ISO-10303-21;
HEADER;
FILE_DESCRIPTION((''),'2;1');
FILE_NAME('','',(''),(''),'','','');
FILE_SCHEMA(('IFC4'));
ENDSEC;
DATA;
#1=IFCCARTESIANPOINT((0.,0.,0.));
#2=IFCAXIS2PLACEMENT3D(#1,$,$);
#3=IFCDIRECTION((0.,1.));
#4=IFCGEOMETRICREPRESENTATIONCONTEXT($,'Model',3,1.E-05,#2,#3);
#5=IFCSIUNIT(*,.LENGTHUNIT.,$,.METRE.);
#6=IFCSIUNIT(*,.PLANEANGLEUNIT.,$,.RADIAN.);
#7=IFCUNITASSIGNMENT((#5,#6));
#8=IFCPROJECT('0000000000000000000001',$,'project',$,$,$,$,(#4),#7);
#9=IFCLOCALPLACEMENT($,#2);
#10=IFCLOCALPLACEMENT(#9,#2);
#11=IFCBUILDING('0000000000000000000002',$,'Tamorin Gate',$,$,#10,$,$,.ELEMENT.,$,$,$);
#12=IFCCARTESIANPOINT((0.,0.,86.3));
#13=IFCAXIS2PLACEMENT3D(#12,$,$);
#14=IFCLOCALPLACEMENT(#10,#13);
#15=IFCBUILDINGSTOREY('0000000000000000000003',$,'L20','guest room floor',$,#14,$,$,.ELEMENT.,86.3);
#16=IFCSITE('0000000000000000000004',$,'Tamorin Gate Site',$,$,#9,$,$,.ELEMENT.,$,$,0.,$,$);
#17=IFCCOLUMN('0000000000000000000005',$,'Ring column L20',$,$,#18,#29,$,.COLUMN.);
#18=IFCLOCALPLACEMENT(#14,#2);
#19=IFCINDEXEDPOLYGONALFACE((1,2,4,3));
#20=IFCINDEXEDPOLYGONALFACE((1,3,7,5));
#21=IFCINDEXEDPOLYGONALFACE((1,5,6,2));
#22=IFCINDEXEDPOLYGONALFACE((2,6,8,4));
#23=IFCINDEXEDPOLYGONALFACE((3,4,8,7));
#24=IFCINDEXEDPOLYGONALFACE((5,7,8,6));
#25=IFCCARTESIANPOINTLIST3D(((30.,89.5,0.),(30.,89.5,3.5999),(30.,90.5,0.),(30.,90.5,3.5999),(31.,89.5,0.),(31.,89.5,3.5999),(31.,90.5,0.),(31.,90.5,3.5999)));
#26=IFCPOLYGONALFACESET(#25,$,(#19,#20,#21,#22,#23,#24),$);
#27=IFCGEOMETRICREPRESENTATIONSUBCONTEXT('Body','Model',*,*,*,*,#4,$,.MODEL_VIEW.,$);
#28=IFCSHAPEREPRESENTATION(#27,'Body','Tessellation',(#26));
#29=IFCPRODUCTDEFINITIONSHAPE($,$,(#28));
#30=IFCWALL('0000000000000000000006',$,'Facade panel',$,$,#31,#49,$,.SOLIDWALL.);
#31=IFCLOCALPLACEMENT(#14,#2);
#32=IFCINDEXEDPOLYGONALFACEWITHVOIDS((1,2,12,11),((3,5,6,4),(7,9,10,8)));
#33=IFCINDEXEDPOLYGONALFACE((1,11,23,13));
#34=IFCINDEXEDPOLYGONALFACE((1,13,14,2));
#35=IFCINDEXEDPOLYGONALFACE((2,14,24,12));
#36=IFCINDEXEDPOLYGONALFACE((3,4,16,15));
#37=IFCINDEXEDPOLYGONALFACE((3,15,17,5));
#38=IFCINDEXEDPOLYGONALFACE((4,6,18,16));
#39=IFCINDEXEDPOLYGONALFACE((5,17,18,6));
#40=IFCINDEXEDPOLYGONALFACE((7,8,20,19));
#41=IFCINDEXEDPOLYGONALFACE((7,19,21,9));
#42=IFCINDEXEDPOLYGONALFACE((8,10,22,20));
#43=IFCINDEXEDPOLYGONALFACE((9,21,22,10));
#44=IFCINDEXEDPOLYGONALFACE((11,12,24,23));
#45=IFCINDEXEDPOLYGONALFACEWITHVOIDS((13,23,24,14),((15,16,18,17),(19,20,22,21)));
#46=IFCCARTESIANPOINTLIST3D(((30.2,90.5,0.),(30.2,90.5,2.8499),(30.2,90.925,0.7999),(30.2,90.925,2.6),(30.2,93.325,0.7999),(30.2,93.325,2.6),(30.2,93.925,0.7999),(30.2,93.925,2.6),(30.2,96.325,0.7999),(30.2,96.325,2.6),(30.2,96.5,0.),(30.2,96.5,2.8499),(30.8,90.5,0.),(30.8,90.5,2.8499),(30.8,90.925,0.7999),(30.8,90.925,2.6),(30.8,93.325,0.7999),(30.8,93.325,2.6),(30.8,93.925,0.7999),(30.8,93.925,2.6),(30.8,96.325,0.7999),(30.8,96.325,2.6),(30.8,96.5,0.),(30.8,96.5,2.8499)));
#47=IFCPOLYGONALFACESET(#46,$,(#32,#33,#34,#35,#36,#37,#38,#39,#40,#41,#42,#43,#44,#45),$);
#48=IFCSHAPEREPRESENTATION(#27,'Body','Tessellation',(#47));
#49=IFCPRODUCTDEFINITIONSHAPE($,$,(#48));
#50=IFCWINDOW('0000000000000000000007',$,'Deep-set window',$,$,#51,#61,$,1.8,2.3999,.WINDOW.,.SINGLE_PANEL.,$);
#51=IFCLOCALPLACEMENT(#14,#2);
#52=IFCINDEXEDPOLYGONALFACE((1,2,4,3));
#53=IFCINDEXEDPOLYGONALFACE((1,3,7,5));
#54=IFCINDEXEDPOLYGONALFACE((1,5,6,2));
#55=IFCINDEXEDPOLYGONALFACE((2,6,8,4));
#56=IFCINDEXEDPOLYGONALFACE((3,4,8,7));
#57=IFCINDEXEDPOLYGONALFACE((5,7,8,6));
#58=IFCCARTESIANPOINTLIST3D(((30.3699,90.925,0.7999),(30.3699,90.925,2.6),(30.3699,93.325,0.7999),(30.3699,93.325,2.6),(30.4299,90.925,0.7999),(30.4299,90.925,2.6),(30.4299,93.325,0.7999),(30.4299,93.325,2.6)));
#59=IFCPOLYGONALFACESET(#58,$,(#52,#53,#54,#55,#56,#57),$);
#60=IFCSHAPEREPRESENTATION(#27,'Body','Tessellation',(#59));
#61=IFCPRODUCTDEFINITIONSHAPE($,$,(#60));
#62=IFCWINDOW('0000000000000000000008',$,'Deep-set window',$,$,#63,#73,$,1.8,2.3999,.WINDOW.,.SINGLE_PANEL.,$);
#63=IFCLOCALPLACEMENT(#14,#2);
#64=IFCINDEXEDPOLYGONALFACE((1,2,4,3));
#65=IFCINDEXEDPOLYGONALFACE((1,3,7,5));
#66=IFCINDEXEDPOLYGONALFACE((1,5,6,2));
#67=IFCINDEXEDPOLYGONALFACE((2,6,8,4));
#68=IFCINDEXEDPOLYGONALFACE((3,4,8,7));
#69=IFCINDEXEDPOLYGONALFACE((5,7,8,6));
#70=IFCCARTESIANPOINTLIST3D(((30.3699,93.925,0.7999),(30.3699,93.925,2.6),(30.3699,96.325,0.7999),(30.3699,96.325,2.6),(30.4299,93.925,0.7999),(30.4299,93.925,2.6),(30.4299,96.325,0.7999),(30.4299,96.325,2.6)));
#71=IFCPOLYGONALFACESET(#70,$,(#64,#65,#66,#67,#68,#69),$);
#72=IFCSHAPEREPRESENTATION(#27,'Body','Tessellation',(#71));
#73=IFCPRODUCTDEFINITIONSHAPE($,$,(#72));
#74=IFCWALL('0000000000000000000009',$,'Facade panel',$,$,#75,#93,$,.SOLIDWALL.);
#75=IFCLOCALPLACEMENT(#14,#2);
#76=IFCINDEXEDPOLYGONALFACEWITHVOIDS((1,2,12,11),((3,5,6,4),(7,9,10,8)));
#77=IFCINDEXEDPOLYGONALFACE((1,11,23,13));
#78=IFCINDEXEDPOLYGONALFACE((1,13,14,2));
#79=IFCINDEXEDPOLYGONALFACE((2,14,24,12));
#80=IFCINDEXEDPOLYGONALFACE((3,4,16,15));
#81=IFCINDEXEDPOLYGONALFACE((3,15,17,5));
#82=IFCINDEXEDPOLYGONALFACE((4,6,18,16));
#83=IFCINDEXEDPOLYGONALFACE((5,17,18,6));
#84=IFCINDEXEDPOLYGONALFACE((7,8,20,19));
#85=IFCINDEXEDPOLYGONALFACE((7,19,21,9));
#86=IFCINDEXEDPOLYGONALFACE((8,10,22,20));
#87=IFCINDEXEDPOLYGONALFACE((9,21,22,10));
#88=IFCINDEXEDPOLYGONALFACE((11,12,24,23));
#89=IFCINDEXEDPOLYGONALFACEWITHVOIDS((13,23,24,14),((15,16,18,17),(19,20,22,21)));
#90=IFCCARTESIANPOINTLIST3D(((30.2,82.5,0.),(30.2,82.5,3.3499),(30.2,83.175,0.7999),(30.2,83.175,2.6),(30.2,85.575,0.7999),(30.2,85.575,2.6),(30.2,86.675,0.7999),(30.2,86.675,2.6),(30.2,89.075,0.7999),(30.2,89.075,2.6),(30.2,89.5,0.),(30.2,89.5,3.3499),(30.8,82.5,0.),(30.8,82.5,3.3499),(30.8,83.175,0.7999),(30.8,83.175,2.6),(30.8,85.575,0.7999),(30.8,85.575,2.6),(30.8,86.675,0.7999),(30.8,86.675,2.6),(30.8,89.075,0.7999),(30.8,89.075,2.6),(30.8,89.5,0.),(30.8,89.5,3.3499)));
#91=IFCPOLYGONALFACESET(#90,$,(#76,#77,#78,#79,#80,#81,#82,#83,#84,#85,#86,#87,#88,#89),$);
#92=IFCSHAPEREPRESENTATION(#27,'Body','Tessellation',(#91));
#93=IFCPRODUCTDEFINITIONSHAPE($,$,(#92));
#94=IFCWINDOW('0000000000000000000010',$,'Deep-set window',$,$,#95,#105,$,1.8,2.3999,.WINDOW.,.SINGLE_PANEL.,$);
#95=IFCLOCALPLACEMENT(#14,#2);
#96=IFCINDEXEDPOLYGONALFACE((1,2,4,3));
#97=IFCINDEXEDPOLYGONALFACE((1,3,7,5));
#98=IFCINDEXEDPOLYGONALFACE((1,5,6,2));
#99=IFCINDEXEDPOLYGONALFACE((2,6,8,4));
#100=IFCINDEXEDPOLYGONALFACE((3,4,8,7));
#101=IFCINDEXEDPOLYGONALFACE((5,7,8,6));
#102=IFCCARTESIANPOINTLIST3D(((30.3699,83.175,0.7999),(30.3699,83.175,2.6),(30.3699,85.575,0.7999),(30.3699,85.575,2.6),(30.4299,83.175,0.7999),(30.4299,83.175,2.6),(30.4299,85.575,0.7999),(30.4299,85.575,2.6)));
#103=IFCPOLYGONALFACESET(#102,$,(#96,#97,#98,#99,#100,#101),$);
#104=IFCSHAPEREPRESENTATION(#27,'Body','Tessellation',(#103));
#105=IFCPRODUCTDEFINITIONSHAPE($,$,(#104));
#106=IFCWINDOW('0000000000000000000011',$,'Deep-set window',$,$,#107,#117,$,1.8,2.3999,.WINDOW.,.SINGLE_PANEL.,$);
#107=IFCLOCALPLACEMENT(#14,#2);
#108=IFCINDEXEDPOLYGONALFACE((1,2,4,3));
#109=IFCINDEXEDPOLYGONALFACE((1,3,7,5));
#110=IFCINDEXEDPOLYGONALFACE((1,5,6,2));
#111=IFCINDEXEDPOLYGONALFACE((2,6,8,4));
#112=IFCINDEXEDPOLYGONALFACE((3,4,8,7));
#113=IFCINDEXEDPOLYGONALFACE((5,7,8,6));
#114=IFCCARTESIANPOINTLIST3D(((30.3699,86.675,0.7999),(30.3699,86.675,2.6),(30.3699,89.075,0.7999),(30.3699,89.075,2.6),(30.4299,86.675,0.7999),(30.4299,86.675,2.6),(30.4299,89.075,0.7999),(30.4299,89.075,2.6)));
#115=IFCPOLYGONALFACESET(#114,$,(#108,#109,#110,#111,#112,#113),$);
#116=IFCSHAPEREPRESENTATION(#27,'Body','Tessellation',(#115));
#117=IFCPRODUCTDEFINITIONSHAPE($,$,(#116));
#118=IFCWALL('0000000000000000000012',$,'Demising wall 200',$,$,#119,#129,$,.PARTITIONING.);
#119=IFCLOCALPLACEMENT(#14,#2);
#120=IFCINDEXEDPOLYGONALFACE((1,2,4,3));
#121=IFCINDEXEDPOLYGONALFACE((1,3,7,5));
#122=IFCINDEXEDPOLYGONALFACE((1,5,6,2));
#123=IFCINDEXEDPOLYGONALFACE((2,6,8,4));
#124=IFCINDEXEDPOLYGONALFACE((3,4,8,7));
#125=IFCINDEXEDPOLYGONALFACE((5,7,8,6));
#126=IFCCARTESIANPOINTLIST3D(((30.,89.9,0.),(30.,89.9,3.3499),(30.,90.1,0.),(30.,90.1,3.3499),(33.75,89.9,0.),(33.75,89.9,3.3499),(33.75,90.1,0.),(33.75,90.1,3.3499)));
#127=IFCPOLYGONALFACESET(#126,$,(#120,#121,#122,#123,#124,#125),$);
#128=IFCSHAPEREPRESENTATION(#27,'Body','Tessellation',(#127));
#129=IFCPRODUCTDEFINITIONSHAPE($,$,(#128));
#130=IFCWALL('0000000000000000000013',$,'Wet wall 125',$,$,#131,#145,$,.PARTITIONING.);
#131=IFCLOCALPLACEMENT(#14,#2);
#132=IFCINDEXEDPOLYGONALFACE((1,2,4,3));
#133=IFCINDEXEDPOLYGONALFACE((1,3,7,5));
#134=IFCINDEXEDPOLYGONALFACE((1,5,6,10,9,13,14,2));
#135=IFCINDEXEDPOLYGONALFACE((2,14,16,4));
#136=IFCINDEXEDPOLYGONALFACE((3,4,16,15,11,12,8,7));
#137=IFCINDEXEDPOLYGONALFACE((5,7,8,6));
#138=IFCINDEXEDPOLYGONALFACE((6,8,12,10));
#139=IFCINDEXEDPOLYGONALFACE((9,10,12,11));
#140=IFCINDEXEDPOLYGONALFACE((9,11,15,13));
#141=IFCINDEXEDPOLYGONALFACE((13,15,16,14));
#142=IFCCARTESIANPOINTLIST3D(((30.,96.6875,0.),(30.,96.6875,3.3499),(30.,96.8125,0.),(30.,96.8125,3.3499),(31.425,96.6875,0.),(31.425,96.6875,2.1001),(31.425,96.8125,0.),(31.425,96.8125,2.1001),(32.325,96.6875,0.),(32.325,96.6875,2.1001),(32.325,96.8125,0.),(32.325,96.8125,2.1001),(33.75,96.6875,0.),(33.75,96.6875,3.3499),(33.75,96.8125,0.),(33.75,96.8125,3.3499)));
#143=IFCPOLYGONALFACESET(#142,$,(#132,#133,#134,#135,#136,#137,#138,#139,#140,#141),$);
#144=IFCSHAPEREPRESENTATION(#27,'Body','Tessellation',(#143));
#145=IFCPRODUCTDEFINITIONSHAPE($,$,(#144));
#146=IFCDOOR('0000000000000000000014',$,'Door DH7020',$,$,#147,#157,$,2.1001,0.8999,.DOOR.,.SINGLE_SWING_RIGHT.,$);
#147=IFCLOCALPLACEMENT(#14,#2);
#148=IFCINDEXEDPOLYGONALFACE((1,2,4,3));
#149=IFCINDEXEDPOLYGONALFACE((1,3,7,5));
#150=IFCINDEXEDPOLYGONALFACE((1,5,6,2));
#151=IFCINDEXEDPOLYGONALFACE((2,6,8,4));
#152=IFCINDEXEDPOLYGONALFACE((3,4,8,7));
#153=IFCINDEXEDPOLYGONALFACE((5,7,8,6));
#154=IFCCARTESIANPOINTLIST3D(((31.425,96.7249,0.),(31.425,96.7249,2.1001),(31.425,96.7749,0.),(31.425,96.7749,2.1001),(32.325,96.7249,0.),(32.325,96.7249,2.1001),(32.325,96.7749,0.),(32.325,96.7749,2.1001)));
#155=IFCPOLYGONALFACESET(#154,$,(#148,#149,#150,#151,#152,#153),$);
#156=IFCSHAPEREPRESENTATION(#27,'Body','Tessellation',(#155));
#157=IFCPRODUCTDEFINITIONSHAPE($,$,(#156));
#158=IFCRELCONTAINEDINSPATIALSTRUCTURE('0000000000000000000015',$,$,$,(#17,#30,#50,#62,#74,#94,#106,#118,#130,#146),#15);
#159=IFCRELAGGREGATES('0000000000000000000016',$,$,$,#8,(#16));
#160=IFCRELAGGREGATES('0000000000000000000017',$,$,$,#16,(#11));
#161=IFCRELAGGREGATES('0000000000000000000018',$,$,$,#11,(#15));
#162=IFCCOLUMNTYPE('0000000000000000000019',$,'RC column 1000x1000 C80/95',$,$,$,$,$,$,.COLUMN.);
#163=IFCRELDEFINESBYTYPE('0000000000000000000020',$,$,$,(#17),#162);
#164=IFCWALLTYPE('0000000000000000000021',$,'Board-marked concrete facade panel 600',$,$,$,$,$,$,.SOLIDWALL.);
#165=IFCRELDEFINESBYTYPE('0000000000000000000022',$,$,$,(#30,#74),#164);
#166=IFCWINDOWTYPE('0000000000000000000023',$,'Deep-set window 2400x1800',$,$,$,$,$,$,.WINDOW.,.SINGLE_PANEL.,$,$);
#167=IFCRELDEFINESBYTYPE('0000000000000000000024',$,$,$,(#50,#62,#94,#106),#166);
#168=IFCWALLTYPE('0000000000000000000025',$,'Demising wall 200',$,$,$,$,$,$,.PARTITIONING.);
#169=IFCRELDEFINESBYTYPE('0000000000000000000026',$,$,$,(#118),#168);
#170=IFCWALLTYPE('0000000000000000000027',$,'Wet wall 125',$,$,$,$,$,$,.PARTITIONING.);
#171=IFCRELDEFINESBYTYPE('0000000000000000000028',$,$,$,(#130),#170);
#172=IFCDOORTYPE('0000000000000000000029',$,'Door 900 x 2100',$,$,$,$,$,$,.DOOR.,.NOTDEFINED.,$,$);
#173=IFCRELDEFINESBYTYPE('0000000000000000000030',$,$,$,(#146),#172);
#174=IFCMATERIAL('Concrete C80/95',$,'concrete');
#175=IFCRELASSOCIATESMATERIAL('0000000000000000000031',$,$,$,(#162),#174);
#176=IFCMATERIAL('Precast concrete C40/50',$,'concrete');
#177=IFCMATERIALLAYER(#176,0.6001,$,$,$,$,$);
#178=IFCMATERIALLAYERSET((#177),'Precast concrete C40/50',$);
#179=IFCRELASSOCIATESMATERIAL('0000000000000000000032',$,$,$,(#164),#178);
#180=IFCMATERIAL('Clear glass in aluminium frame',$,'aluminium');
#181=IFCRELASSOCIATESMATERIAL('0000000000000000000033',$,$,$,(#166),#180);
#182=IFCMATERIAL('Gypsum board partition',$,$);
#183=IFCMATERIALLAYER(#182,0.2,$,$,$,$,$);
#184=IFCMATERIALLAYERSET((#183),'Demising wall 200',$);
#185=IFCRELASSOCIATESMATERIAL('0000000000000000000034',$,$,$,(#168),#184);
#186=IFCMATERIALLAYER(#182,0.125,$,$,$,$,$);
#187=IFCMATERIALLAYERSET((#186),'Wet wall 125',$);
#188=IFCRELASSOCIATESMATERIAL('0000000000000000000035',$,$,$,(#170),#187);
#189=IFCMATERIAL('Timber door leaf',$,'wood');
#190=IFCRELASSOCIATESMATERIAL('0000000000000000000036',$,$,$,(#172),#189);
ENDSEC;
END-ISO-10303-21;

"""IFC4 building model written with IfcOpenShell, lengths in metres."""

from ifc_helpers import new_model, si_unit, direction, frame, frame_2d, origin, origin_2d, place, context, subcontext, project, spatial, rectangle, extrude, material, layer, layer_set, material_profile, profile_set, type_object, element, fill, save


model = new_model("IFC4")

# Units and contexts
model_context = context("Model", 3, precision=1e-05, world=origin(), true_north=direction((0.0, 1.0)))
body_context = subcontext(model_context, "Body", "Model", "MODEL_VIEW")
ifc_project = project(units=[si_unit("LENGTHUNIT", "METRE"), si_unit("PLANEANGLEUNIT", "RADIAN")], contexts=[model_context])

# Site, building, storey
site_placement = place(None, origin())
site = spatial("IfcSite", under=ifc_project, at=site_placement, Name="Tamorin Gate Site", CompositionType="ELEMENT", RefElevation=0.0)
building_placement = place(site_placement, origin())
building = spatial("IfcBuilding", under=site, at=building_placement, Name="Tamorin Gate", CompositionType="ELEMENT")
storey_placement = place(building_placement, frame((0.0, 0.0, 86.3)))
storey = spatial("IfcBuildingStorey", under=building, at=storey_placement, Name="L20", Description="guest room floor", CompositionType="ELEMENT", Elevation=86.3)

# Column
ifc_material_1 = material(Name="Concrete C80/95", Category="concrete")
ifc_material_profile = material_profile(ifc_material_1, rectangle(XDim=1.0, YDim=1.0, at=origin_2d()), Name="RC 1000x1000")
ifc_profile_set = profile_set([ifc_material_profile], Name="Concrete C80/95")
column_type = type_object("IfcColumnType", Name="RC column 1000x1000 C80/95", PredefinedType="COLUMN", material=ifc_profile_set)
column_placement = place(storey_placement, frame((30.5, 90.0, 0.0), z_axis=(0.0, 0.0, 1.0), x_axis=(1.0, 0.0, 0.0)))
element("IfcColumn", 1, at=column_placement, inside=storey, type_object=column_type, Name="Ring column L20", PredefinedType="COLUMN", context=body_context, shape_type="SweptSolid", body=[
    extrude(rectangle(XDim=1.0, YDim=1.0, at=origin_2d()), origin(), (0.0, 0.0, 1.0), 3.5999),
])

# Walls, openings, windows
ifc_material_2 = material(Name="Precast concrete C40/50", Category="concrete")
ifc_layer_1 = layer(ifc_material_2, 0.6001)
ifc_layer_set_1 = layer_set([ifc_layer_1], Name="Precast concrete C40/50")
wall_type_1 = type_object("IfcWallType", Name="Board-marked concrete facade panel 600", PredefinedType="SOLIDWALL", material=ifc_layer_set_1)
wall_1_placement = place(storey_placement, frame((30.5, 96.5, 0.0), z_axis=(0.0, 0.0, 1.0), x_axis=(0.0, -1.0, 0.0)))
wall_1 = element("IfcWall", 2, at=wall_1_placement, inside=storey, type_object=wall_type_1, Name="Facade panel", PredefinedType="SOLIDWALL", context=body_context, shape_type="SweptSolid", body=[
    extrude(rectangle(XDim=6.0, YDim=0.6001, at=frame_2d((3.0, 0.0))), origin(), (0.0, 0.0, 1.0), 2.8499),
])
opening_1_placement = place(wall_1_placement, frame((3.175, 0.0, 0.8)))
opening_1 = element("IfcOpeningElement", 3, at=opening_1_placement, cuts=wall_1, PredefinedType="OPENING", context=body_context, shape_type="SweptSolid", body=[
    extrude(rectangle(XDim=2.3999, YDim=1.8, at=frame_2d((1.2, 0.8999))), frame((0.0, 0.3101, 0.0), z_axis=(0.0, -1.0, 0.0), x_axis=(1.0, 0.0, 0.0)), (0.0, 0.0, 1.0), 0.6201),
])
opening_2_placement = place(wall_1_placement, frame((0.175, 0.0, 0.8)))
opening_2 = element("IfcOpeningElement", 4, at=opening_2_placement, cuts=wall_1, PredefinedType="OPENING", context=body_context, shape_type="SweptSolid", body=[
    extrude(rectangle(XDim=2.3999, YDim=1.8, at=frame_2d((1.2, 0.8999))), frame((0.0, 0.3101, 0.0), z_axis=(0.0, -1.0, 0.0), x_axis=(1.0, 0.0, 0.0)), (0.0, 0.0, 1.0), 0.6201),
])
ifc_material_3 = material(Name="Clear glass in aluminium frame", Category="aluminium")
window_type = type_object("IfcWindowType", Name="Deep-set window 2400x1800", PartitioningType="SINGLE_PANEL", PredefinedType="WINDOW", material=ifc_material_3)
window_1_placement = place(opening_1_placement, origin())
window_1 = element("IfcWindow", 5, at=window_1_placement, inside=storey, type_object=window_type, Name="Deep-set window", OverallHeight=1.8, OverallWidth=2.3999, PartitioningType="SINGLE_PANEL", PredefinedType="WINDOW", context=body_context, shape_type="SweptSolid", body=[
    extrude(rectangle(XDim=2.3999, YDim=1.8, at=frame_2d((1.2, 0.8999))), frame((0.0, -0.0701, 0.0), z_axis=(0.0, -1.0, 0.0), x_axis=(1.0, 0.0, 0.0)), (0.0, 0.0, 1.0), 0.0601),
])
fill(opening_1, window_1)
window_2_placement = place(opening_2_placement, origin())
window_2 = element("IfcWindow", 6, at=window_2_placement, inside=storey, type_object=window_type, Name="Deep-set window", OverallHeight=1.8, OverallWidth=2.3999, PartitioningType="SINGLE_PANEL", PredefinedType="WINDOW", context=body_context, shape_type="SweptSolid", body=[
    extrude(rectangle(XDim=2.3999, YDim=1.8, at=frame_2d((1.2, 0.8999))), frame((0.0, -0.0701, 0.0), z_axis=(0.0, -1.0, 0.0), x_axis=(1.0, 0.0, 0.0)), (0.0, 0.0, 1.0), 0.0601),
])
fill(opening_2, window_2)
wall_2_placement = place(storey_placement, frame((30.5, 89.5, 0.0), z_axis=(0.0, 0.0, 1.0), x_axis=(0.0, -1.0, 0.0)))
wall_2 = element("IfcWall", 7, at=wall_2_placement, inside=storey, type_object=wall_type_1, Name="Facade panel", PredefinedType="SOLIDWALL", context=body_context, shape_type="SweptSolid", body=[
    extrude(rectangle(XDim=7.0, YDim=0.6001, at=frame_2d((3.5, 0.0))), origin(), (0.0, 0.0, 1.0), 3.3499),
])
opening_3_placement = place(wall_2_placement, frame((3.925, 0.0, 0.8)))
opening_3 = element("IfcOpeningElement", 8, at=opening_3_placement, cuts=wall_2, PredefinedType="OPENING", context=body_context, shape_type="SweptSolid", body=[
    extrude(rectangle(XDim=2.3999, YDim=1.8, at=frame_2d((1.2, 0.8999))), frame((0.0, 0.3101, 0.0), z_axis=(0.0, -1.0, 0.0), x_axis=(1.0, 0.0, 0.0)), (0.0, 0.0, 1.0), 0.6201),
])
opening_4_placement = place(wall_2_placement, frame((0.425, 0.0, 0.8)))
opening_4 = element("IfcOpeningElement", 9, at=opening_4_placement, cuts=wall_2, PredefinedType="OPENING", context=body_context, shape_type="SweptSolid", body=[
    extrude(rectangle(XDim=2.3999, YDim=1.8, at=frame_2d((1.2, 0.8999))), frame((0.0, 0.3101, 0.0), z_axis=(0.0, -1.0, 0.0), x_axis=(1.0, 0.0, 0.0)), (0.0, 0.0, 1.0), 0.6201),
])
window_3_placement = place(opening_3_placement, origin())
window_3 = element("IfcWindow", 10, at=window_3_placement, inside=storey, type_object=window_type, Name="Deep-set window", OverallHeight=1.8, OverallWidth=2.3999, PartitioningType="SINGLE_PANEL", PredefinedType="WINDOW", context=body_context, shape_type="SweptSolid", body=[
    extrude(rectangle(XDim=2.3999, YDim=1.8, at=frame_2d((1.2, 0.8999))), frame((0.0, -0.0701, 0.0), z_axis=(0.0, -1.0, 0.0), x_axis=(1.0, 0.0, 0.0)), (0.0, 0.0, 1.0), 0.0601),
])
fill(opening_3, window_3)
window_4_placement = place(opening_4_placement, origin())
window_4 = element("IfcWindow", 11, at=window_4_placement, inside=storey, type_object=window_type, Name="Deep-set window", OverallHeight=1.8, OverallWidth=2.3999, PartitioningType="SINGLE_PANEL", PredefinedType="WINDOW", context=body_context, shape_type="SweptSolid", body=[
    extrude(rectangle(XDim=2.3999, YDim=1.8, at=frame_2d((1.2, 0.8999))), frame((0.0, -0.0701, 0.0), z_axis=(0.0, -1.0, 0.0), x_axis=(1.0, 0.0, 0.0)), (0.0, 0.0, 1.0), 0.0601),
])
fill(opening_4, window_4)

# Wall
ifc_material_4 = material(Name="Gypsum board partition")
ifc_layer_2 = layer(ifc_material_4, 0.2)
ifc_layer_set_2 = layer_set([ifc_layer_2], Name="Demising wall 200")
wall_type_2 = type_object("IfcWallType", Name="Demising wall 200", PredefinedType="PARTITIONING", material=ifc_layer_set_2)
wall_3_placement = place(storey_placement, frame((30.0, 90.0, 0.0), z_axis=(0.0, 0.0, 1.0), x_axis=(1.0, 0.0, 0.0)))
element("IfcWall", 12, at=wall_3_placement, inside=storey, type_object=wall_type_2, Name="Demising wall 200", PredefinedType="PARTITIONING", context=body_context, shape_type="SweptSolid", body=[
    extrude(rectangle(XDim=3.75, YDim=0.2, at=frame_2d((1.875, 0.0))), origin(), (0.0, 0.0, 1.0), 3.3499),
])

# Wall, opening, door
ifc_layer_3 = layer(ifc_material_4, 0.125)
ifc_layer_set_3 = layer_set([ifc_layer_3], Name="Wet wall 125")
wall_type_3 = type_object("IfcWallType", Name="Wet wall 125", PredefinedType="PARTITIONING", material=ifc_layer_set_3)
wall_4_placement = place(storey_placement, frame((30.0, 96.75, 0.0), z_axis=(0.0, 0.0, 1.0), x_axis=(1.0, 0.0, 0.0)))
wall_4 = element("IfcWall", 13, at=wall_4_placement, inside=storey, type_object=wall_type_3, Name="Wet wall 125", PredefinedType="PARTITIONING", context=body_context, shape_type="SweptSolid", body=[
    extrude(rectangle(XDim=3.75, YDim=0.125, at=frame_2d((1.875, 0.0))), origin(), (0.0, 0.0, 1.0), 3.3499),
])
opening_5_placement = place(wall_4_placement, frame((1.425, 0.0, 0.0)))
opening_5 = element("IfcOpeningElement", 14, at=opening_5_placement, cuts=wall_4, PredefinedType="OPENING", context=body_context, shape_type="SweptSolid", body=[
    extrude(rectangle(XDim=0.8999, YDim=2.1001, at=frame_2d((0.45, 1.05))), frame((0.0, 0.0725, 0.0), z_axis=(0.0, -1.0, 0.0), x_axis=(1.0, 0.0, 0.0)), (0.0, 0.0, 1.0), 0.145),
])
ifc_material_5 = material(Name="Timber door leaf", Category="wood")
door_type = type_object("IfcDoorType", Name="Door 900 x 2100", OperationType="NOTDEFINED", PredefinedType="DOOR", material=ifc_material_5)
door_placement = place(opening_5_placement, origin())
door = element("IfcDoor", 15, at=door_placement, inside=storey, type_object=door_type, Name="Door DH7020", OperationType="SINGLE_SWING_RIGHT", OverallHeight=2.1001, OverallWidth=0.8999, PredefinedType="DOOR", context=body_context, shape_type="SweptSolid", body=[
    extrude(rectangle(XDim=0.8999, YDim=2.1001, at=frame_2d((0.45, 1.05))), frame((0.0, 0.0249, 0.0), z_axis=(0.0, -1.0, 0.0), x_axis=(1.0, 0.0, 0.0)), (0.0, 0.0, 1.0), 0.05),
])
fill(opening_5, door)

save(model, "model.ifc")
